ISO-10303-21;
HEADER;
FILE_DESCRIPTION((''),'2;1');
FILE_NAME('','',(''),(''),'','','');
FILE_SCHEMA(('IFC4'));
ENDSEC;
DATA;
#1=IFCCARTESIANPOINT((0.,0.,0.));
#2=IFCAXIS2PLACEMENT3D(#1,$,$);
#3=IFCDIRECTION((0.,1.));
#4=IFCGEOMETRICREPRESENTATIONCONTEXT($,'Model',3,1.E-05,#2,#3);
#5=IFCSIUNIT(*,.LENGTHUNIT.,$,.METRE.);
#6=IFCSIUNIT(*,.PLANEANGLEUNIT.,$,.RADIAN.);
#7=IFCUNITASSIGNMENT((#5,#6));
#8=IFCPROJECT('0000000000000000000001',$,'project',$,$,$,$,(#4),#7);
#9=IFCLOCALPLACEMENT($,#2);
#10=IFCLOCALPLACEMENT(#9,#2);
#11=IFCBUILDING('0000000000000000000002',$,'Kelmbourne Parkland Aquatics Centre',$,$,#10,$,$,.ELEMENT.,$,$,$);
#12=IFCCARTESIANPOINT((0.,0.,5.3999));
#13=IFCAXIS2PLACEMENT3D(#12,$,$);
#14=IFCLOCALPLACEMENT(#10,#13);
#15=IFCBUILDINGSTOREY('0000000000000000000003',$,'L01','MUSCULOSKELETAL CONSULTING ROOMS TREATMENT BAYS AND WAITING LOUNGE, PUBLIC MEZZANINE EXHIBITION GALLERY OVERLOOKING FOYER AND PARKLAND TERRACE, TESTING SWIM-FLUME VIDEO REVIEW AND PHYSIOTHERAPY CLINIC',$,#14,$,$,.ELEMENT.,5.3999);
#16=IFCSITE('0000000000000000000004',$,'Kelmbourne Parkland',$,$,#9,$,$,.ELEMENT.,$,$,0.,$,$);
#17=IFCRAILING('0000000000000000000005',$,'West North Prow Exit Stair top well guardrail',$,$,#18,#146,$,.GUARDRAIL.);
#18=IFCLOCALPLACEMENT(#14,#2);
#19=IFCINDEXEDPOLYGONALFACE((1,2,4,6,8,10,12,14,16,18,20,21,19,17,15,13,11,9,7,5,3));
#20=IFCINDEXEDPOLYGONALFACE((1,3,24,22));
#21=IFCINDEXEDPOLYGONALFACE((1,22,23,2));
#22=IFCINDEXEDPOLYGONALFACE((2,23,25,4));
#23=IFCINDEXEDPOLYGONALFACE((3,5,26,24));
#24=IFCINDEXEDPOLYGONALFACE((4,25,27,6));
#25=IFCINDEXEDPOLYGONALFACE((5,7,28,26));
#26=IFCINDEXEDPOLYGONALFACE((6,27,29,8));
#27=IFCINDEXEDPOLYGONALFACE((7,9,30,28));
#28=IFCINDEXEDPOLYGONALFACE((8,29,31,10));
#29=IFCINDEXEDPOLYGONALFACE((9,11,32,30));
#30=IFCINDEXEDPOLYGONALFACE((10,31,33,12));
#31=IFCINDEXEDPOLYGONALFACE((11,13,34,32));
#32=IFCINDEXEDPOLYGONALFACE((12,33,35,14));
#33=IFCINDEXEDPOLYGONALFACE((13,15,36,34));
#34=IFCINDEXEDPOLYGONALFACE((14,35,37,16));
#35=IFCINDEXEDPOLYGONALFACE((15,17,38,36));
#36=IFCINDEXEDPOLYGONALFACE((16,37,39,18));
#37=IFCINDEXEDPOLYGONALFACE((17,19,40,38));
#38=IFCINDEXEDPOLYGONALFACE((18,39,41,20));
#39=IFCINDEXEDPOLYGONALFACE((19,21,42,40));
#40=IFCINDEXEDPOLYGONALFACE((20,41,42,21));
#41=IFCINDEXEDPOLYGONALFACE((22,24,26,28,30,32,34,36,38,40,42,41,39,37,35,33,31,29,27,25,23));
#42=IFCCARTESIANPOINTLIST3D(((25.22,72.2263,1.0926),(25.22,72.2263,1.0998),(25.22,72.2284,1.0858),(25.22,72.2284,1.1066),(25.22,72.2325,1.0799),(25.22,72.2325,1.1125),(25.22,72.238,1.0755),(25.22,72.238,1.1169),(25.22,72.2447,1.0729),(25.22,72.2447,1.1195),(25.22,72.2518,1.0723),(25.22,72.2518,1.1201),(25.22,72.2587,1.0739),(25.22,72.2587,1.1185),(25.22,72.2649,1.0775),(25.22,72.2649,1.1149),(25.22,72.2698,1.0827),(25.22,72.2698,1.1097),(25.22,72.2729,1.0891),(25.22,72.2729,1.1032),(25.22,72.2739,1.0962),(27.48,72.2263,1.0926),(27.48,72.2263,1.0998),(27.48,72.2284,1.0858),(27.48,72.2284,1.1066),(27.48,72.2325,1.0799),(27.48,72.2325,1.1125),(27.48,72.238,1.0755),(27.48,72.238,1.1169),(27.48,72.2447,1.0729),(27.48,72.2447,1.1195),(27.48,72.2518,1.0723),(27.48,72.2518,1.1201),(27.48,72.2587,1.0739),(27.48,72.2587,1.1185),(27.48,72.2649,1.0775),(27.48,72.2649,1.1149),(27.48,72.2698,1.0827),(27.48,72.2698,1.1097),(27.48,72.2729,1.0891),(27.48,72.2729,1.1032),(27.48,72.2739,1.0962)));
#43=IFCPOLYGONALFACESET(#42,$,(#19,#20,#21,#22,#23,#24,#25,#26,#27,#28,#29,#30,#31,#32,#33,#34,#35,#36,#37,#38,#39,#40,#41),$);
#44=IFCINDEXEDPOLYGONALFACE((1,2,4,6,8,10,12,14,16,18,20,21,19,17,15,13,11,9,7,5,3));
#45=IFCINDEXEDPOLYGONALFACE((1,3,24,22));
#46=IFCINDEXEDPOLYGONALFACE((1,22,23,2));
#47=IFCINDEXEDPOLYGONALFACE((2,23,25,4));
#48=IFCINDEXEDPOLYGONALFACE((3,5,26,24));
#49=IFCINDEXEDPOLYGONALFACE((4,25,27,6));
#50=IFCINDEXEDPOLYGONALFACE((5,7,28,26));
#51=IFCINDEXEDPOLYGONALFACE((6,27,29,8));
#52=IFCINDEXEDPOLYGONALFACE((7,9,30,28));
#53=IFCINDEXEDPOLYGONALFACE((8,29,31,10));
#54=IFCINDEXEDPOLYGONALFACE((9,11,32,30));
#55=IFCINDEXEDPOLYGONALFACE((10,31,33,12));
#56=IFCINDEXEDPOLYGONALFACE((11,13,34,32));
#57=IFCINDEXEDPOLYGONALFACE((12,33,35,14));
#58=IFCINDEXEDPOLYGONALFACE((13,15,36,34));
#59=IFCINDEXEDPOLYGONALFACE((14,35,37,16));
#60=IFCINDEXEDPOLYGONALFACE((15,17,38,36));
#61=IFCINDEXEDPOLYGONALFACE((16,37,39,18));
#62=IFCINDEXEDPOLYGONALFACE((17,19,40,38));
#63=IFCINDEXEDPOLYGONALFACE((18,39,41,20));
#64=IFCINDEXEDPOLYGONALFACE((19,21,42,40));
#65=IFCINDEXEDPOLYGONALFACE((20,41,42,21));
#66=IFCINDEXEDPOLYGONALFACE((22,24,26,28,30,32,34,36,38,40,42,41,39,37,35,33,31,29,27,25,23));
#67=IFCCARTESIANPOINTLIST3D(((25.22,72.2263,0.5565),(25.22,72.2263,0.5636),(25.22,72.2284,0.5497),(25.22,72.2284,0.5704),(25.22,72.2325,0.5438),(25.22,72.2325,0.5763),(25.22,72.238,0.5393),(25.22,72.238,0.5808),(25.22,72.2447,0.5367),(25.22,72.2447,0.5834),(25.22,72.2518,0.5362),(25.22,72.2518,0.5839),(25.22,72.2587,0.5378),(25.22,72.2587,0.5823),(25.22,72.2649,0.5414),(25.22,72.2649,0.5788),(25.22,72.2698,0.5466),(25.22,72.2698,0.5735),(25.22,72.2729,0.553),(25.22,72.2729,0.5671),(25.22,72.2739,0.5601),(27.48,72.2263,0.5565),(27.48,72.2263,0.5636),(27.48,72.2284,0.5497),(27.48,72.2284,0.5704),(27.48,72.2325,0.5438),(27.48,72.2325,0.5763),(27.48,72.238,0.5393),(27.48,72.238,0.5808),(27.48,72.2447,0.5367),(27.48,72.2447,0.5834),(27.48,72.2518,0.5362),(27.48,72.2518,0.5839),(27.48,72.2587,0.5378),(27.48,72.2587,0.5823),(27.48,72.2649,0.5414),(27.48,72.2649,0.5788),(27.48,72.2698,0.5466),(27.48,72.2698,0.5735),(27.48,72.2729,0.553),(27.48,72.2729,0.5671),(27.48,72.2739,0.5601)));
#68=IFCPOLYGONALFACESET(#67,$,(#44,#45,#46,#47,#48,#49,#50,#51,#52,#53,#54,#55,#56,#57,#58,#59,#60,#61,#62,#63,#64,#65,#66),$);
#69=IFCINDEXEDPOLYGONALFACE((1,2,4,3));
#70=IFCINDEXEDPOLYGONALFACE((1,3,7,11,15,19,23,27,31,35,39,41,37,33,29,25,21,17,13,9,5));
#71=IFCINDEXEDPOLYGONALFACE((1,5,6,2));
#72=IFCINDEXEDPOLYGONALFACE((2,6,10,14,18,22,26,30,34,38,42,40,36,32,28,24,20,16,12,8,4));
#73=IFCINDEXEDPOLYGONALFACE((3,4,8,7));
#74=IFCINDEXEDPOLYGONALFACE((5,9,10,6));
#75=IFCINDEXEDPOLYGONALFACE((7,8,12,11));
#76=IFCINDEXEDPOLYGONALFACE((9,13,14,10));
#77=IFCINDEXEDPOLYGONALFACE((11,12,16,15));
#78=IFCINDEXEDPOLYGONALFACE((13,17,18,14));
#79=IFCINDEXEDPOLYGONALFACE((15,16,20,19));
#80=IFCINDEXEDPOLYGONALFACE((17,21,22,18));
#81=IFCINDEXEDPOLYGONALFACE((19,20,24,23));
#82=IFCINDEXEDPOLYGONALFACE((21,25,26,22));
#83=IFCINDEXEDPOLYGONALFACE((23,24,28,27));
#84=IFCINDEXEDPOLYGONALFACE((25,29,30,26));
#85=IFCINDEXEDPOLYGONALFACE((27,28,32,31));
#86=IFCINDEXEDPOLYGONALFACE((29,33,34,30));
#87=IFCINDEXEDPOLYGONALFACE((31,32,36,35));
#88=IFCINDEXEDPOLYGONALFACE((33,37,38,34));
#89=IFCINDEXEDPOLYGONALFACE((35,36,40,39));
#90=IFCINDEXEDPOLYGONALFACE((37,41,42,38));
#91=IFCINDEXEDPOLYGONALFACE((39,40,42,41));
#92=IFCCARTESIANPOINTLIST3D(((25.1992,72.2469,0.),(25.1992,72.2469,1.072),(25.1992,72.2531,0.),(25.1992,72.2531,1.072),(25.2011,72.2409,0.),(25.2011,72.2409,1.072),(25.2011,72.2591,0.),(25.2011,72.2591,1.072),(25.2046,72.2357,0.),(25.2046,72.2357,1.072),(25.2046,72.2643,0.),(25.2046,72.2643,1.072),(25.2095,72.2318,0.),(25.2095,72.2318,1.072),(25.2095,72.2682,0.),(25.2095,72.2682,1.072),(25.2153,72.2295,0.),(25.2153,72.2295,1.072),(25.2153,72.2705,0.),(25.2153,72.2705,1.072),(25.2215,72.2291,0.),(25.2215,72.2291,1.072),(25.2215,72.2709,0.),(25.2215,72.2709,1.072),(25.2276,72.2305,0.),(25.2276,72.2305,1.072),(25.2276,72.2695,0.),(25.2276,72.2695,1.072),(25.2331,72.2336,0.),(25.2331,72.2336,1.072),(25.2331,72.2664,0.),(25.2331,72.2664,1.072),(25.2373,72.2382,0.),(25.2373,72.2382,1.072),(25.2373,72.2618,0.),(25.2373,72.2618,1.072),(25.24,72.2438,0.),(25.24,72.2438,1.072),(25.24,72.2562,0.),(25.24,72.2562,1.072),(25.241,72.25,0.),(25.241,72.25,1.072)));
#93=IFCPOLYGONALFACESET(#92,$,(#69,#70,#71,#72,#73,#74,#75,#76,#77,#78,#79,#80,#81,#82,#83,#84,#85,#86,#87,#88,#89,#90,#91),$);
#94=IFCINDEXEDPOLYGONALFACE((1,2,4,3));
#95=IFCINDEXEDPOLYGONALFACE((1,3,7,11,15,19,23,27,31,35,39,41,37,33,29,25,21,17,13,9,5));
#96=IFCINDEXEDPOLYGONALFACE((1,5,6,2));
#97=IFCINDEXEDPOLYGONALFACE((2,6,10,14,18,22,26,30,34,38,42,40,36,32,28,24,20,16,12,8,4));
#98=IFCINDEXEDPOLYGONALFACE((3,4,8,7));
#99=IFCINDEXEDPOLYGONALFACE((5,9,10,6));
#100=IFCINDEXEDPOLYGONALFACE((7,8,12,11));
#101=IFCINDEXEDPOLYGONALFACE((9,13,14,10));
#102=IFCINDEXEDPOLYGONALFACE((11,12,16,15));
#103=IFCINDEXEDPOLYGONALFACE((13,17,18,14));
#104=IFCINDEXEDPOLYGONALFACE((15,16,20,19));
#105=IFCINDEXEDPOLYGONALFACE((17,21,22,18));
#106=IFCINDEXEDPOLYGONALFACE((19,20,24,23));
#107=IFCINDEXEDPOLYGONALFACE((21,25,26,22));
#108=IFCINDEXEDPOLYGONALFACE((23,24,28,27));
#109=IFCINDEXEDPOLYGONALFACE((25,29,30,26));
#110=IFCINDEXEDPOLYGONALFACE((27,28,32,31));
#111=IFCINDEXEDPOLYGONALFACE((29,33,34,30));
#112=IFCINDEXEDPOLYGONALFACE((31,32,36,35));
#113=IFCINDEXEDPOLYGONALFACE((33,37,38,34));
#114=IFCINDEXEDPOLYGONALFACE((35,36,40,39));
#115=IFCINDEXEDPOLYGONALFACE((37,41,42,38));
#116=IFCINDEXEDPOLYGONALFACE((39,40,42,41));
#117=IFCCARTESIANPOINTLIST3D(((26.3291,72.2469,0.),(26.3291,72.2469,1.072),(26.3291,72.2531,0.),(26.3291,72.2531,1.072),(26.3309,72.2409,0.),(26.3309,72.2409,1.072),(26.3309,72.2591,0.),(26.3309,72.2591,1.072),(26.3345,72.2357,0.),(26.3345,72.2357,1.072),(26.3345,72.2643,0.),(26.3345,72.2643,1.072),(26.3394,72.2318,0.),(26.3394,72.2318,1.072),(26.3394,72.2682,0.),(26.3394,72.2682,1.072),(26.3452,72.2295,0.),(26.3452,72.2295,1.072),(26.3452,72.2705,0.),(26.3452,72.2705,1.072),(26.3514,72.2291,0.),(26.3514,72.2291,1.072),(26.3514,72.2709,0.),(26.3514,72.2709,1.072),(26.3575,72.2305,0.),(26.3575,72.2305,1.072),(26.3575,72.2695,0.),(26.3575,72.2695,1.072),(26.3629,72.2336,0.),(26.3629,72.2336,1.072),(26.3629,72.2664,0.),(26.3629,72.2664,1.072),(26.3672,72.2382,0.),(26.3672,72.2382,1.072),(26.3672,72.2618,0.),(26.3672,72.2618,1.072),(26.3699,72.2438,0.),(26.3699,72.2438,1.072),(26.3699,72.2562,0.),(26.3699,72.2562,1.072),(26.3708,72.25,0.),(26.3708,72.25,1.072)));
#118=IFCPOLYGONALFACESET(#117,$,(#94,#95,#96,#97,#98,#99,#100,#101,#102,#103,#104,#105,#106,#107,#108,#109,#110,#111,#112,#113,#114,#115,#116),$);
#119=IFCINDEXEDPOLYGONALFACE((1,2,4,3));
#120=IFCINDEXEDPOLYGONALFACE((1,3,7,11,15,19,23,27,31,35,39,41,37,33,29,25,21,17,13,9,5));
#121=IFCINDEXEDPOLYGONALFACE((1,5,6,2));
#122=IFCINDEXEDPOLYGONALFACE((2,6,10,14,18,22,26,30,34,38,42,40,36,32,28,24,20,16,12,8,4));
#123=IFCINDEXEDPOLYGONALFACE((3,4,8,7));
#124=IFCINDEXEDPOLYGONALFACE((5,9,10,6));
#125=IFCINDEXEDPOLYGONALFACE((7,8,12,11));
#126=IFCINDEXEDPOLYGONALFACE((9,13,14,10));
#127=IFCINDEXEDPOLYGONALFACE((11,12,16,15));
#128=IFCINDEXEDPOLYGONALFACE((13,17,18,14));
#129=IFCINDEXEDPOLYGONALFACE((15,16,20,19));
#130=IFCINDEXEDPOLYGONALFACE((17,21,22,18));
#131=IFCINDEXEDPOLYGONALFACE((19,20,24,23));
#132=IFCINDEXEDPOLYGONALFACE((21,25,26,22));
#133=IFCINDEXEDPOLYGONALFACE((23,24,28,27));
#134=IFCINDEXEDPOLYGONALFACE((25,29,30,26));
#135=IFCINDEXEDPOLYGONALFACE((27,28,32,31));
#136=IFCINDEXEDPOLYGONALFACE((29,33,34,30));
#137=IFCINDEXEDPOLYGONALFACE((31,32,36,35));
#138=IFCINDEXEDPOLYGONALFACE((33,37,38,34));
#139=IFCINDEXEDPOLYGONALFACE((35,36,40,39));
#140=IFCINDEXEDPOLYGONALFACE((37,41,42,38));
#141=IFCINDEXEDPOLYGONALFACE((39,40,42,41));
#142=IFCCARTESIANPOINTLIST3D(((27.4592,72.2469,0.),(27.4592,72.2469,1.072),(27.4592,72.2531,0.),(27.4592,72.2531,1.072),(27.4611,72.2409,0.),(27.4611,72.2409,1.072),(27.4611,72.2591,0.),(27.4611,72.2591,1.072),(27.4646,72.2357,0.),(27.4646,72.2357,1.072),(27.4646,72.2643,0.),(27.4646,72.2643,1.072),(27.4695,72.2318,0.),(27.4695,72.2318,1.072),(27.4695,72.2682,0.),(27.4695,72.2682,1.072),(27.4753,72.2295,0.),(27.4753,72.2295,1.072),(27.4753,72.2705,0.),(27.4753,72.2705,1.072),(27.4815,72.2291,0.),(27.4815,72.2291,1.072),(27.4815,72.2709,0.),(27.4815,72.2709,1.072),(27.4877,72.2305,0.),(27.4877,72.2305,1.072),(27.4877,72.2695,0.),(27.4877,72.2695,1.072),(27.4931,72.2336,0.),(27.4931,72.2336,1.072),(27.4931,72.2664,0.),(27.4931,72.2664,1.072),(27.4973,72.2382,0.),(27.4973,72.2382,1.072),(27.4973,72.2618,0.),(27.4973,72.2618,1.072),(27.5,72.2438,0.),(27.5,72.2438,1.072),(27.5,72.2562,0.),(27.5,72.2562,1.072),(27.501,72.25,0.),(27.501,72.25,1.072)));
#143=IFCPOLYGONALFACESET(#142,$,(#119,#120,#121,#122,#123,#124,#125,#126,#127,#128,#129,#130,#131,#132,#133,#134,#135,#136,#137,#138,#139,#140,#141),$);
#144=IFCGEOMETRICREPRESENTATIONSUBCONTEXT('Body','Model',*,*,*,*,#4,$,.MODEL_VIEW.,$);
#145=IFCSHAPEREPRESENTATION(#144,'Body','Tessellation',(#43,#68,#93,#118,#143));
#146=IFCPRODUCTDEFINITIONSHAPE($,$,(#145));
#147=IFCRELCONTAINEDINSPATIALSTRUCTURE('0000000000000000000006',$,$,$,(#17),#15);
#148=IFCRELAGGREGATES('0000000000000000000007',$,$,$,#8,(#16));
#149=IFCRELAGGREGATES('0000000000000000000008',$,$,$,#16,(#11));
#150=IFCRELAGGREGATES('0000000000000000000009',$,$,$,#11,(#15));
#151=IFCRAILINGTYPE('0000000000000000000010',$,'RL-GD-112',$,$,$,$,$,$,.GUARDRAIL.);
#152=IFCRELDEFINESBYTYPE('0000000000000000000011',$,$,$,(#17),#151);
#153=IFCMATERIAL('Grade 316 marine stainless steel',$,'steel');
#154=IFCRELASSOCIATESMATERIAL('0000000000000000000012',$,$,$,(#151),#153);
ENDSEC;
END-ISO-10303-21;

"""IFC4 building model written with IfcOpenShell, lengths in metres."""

from ifc_helpers import new_model, si_unit, direction, frame, origin, origin_2d, place, context, subcontext, project, spatial, circle, extrude, material, type_object, element, save


model = new_model("IFC4")

# Units and contexts
model_context = context("Model", 3, precision=1e-05, world=origin(), true_north=direction((0.0, 1.0)))
body_context = subcontext(model_context, "Body", "Model", "MODEL_VIEW")
ifc_project = project(units=[si_unit("LENGTHUNIT", "METRE"), si_unit("PLANEANGLEUNIT", "RADIAN")], contexts=[model_context])

# Site, building, storey
site_placement = place(None, origin())
site = spatial("IfcSite", under=ifc_project, at=site_placement, Name="Kelmbourne Parkland", CompositionType="ELEMENT", RefElevation=0.0)
building_placement = place(site_placement, origin())
building = spatial("IfcBuilding", under=site, at=building_placement, Name="Kelmbourne Parkland Aquatics Centre", CompositionType="ELEMENT")
storey_placement = place(building_placement, frame((0.0, 0.0, 5.3999)))
storey = spatial("IfcBuildingStorey", under=building, at=storey_placement, Name="L01", Description="MUSCULOSKELETAL CONSULTING ROOMS TREATMENT BAYS AND WAITING LOUNGE, PUBLIC MEZZANINE EXHIBITION GALLERY OVERLOOKING FOYER AND PARKLAND TERRACE, TESTING SWIM-FLUME VIDEO REVIEW AND PHYSIOTHERAPY CLINIC", CompositionType="ELEMENT", Elevation=5.3999)

# Railing
ifc_material_1 = material(Name="Grade 316 marine stainless steel", Category="steel")
railing_type = type_object("IfcRailingType", Name="RL-GD-112", PredefinedType="GUARDRAIL", material=ifc_material_1)
for number, where, name in (
    (1, (25.22, 72.25, 0.0), "West North Prow Exit Stair top well guardrail"),
):
    element("IfcRailing", number, at=place(storey_placement, frame(where)), inside=storey, type_object=railing_type, Name=name, PredefinedType="GUARDRAIL", context=body_context, shape_type="SweptSolid", body=[
        extrude(circle(Radius=0.0239, at=origin_2d()), frame((0.0, 0.0, 1.0962), z_axis=(1.0, 0.0, 0.0), x_axis=(0.0, 1.0, 0.0)), (0.0, 0.0, 1.0), 2.26),
        extrude(circle(Radius=0.0239, at=origin_2d()), frame((0.0, 0.0, 0.5601), z_axis=(1.0, 0.0, 0.0), x_axis=(0.0, 1.0, 0.0)), (0.0, 0.0, 1.0), 2.26),
        extrude(circle(Radius=0.021, at=origin_2d()), origin(), (0.0, 0.0, 1.0), 1.072),
        extrude(circle(Radius=0.021, at=origin_2d()), frame((1.1299, 0.0, 0.0)), (0.0, 0.0, 1.0), 1.072),
        extrude(circle(Radius=0.021, at=origin_2d()), frame((2.26, 0.0, 0.0)), (0.0, 0.0, 1.0), 1.072),
    ])

save(model, "model.ifc")
